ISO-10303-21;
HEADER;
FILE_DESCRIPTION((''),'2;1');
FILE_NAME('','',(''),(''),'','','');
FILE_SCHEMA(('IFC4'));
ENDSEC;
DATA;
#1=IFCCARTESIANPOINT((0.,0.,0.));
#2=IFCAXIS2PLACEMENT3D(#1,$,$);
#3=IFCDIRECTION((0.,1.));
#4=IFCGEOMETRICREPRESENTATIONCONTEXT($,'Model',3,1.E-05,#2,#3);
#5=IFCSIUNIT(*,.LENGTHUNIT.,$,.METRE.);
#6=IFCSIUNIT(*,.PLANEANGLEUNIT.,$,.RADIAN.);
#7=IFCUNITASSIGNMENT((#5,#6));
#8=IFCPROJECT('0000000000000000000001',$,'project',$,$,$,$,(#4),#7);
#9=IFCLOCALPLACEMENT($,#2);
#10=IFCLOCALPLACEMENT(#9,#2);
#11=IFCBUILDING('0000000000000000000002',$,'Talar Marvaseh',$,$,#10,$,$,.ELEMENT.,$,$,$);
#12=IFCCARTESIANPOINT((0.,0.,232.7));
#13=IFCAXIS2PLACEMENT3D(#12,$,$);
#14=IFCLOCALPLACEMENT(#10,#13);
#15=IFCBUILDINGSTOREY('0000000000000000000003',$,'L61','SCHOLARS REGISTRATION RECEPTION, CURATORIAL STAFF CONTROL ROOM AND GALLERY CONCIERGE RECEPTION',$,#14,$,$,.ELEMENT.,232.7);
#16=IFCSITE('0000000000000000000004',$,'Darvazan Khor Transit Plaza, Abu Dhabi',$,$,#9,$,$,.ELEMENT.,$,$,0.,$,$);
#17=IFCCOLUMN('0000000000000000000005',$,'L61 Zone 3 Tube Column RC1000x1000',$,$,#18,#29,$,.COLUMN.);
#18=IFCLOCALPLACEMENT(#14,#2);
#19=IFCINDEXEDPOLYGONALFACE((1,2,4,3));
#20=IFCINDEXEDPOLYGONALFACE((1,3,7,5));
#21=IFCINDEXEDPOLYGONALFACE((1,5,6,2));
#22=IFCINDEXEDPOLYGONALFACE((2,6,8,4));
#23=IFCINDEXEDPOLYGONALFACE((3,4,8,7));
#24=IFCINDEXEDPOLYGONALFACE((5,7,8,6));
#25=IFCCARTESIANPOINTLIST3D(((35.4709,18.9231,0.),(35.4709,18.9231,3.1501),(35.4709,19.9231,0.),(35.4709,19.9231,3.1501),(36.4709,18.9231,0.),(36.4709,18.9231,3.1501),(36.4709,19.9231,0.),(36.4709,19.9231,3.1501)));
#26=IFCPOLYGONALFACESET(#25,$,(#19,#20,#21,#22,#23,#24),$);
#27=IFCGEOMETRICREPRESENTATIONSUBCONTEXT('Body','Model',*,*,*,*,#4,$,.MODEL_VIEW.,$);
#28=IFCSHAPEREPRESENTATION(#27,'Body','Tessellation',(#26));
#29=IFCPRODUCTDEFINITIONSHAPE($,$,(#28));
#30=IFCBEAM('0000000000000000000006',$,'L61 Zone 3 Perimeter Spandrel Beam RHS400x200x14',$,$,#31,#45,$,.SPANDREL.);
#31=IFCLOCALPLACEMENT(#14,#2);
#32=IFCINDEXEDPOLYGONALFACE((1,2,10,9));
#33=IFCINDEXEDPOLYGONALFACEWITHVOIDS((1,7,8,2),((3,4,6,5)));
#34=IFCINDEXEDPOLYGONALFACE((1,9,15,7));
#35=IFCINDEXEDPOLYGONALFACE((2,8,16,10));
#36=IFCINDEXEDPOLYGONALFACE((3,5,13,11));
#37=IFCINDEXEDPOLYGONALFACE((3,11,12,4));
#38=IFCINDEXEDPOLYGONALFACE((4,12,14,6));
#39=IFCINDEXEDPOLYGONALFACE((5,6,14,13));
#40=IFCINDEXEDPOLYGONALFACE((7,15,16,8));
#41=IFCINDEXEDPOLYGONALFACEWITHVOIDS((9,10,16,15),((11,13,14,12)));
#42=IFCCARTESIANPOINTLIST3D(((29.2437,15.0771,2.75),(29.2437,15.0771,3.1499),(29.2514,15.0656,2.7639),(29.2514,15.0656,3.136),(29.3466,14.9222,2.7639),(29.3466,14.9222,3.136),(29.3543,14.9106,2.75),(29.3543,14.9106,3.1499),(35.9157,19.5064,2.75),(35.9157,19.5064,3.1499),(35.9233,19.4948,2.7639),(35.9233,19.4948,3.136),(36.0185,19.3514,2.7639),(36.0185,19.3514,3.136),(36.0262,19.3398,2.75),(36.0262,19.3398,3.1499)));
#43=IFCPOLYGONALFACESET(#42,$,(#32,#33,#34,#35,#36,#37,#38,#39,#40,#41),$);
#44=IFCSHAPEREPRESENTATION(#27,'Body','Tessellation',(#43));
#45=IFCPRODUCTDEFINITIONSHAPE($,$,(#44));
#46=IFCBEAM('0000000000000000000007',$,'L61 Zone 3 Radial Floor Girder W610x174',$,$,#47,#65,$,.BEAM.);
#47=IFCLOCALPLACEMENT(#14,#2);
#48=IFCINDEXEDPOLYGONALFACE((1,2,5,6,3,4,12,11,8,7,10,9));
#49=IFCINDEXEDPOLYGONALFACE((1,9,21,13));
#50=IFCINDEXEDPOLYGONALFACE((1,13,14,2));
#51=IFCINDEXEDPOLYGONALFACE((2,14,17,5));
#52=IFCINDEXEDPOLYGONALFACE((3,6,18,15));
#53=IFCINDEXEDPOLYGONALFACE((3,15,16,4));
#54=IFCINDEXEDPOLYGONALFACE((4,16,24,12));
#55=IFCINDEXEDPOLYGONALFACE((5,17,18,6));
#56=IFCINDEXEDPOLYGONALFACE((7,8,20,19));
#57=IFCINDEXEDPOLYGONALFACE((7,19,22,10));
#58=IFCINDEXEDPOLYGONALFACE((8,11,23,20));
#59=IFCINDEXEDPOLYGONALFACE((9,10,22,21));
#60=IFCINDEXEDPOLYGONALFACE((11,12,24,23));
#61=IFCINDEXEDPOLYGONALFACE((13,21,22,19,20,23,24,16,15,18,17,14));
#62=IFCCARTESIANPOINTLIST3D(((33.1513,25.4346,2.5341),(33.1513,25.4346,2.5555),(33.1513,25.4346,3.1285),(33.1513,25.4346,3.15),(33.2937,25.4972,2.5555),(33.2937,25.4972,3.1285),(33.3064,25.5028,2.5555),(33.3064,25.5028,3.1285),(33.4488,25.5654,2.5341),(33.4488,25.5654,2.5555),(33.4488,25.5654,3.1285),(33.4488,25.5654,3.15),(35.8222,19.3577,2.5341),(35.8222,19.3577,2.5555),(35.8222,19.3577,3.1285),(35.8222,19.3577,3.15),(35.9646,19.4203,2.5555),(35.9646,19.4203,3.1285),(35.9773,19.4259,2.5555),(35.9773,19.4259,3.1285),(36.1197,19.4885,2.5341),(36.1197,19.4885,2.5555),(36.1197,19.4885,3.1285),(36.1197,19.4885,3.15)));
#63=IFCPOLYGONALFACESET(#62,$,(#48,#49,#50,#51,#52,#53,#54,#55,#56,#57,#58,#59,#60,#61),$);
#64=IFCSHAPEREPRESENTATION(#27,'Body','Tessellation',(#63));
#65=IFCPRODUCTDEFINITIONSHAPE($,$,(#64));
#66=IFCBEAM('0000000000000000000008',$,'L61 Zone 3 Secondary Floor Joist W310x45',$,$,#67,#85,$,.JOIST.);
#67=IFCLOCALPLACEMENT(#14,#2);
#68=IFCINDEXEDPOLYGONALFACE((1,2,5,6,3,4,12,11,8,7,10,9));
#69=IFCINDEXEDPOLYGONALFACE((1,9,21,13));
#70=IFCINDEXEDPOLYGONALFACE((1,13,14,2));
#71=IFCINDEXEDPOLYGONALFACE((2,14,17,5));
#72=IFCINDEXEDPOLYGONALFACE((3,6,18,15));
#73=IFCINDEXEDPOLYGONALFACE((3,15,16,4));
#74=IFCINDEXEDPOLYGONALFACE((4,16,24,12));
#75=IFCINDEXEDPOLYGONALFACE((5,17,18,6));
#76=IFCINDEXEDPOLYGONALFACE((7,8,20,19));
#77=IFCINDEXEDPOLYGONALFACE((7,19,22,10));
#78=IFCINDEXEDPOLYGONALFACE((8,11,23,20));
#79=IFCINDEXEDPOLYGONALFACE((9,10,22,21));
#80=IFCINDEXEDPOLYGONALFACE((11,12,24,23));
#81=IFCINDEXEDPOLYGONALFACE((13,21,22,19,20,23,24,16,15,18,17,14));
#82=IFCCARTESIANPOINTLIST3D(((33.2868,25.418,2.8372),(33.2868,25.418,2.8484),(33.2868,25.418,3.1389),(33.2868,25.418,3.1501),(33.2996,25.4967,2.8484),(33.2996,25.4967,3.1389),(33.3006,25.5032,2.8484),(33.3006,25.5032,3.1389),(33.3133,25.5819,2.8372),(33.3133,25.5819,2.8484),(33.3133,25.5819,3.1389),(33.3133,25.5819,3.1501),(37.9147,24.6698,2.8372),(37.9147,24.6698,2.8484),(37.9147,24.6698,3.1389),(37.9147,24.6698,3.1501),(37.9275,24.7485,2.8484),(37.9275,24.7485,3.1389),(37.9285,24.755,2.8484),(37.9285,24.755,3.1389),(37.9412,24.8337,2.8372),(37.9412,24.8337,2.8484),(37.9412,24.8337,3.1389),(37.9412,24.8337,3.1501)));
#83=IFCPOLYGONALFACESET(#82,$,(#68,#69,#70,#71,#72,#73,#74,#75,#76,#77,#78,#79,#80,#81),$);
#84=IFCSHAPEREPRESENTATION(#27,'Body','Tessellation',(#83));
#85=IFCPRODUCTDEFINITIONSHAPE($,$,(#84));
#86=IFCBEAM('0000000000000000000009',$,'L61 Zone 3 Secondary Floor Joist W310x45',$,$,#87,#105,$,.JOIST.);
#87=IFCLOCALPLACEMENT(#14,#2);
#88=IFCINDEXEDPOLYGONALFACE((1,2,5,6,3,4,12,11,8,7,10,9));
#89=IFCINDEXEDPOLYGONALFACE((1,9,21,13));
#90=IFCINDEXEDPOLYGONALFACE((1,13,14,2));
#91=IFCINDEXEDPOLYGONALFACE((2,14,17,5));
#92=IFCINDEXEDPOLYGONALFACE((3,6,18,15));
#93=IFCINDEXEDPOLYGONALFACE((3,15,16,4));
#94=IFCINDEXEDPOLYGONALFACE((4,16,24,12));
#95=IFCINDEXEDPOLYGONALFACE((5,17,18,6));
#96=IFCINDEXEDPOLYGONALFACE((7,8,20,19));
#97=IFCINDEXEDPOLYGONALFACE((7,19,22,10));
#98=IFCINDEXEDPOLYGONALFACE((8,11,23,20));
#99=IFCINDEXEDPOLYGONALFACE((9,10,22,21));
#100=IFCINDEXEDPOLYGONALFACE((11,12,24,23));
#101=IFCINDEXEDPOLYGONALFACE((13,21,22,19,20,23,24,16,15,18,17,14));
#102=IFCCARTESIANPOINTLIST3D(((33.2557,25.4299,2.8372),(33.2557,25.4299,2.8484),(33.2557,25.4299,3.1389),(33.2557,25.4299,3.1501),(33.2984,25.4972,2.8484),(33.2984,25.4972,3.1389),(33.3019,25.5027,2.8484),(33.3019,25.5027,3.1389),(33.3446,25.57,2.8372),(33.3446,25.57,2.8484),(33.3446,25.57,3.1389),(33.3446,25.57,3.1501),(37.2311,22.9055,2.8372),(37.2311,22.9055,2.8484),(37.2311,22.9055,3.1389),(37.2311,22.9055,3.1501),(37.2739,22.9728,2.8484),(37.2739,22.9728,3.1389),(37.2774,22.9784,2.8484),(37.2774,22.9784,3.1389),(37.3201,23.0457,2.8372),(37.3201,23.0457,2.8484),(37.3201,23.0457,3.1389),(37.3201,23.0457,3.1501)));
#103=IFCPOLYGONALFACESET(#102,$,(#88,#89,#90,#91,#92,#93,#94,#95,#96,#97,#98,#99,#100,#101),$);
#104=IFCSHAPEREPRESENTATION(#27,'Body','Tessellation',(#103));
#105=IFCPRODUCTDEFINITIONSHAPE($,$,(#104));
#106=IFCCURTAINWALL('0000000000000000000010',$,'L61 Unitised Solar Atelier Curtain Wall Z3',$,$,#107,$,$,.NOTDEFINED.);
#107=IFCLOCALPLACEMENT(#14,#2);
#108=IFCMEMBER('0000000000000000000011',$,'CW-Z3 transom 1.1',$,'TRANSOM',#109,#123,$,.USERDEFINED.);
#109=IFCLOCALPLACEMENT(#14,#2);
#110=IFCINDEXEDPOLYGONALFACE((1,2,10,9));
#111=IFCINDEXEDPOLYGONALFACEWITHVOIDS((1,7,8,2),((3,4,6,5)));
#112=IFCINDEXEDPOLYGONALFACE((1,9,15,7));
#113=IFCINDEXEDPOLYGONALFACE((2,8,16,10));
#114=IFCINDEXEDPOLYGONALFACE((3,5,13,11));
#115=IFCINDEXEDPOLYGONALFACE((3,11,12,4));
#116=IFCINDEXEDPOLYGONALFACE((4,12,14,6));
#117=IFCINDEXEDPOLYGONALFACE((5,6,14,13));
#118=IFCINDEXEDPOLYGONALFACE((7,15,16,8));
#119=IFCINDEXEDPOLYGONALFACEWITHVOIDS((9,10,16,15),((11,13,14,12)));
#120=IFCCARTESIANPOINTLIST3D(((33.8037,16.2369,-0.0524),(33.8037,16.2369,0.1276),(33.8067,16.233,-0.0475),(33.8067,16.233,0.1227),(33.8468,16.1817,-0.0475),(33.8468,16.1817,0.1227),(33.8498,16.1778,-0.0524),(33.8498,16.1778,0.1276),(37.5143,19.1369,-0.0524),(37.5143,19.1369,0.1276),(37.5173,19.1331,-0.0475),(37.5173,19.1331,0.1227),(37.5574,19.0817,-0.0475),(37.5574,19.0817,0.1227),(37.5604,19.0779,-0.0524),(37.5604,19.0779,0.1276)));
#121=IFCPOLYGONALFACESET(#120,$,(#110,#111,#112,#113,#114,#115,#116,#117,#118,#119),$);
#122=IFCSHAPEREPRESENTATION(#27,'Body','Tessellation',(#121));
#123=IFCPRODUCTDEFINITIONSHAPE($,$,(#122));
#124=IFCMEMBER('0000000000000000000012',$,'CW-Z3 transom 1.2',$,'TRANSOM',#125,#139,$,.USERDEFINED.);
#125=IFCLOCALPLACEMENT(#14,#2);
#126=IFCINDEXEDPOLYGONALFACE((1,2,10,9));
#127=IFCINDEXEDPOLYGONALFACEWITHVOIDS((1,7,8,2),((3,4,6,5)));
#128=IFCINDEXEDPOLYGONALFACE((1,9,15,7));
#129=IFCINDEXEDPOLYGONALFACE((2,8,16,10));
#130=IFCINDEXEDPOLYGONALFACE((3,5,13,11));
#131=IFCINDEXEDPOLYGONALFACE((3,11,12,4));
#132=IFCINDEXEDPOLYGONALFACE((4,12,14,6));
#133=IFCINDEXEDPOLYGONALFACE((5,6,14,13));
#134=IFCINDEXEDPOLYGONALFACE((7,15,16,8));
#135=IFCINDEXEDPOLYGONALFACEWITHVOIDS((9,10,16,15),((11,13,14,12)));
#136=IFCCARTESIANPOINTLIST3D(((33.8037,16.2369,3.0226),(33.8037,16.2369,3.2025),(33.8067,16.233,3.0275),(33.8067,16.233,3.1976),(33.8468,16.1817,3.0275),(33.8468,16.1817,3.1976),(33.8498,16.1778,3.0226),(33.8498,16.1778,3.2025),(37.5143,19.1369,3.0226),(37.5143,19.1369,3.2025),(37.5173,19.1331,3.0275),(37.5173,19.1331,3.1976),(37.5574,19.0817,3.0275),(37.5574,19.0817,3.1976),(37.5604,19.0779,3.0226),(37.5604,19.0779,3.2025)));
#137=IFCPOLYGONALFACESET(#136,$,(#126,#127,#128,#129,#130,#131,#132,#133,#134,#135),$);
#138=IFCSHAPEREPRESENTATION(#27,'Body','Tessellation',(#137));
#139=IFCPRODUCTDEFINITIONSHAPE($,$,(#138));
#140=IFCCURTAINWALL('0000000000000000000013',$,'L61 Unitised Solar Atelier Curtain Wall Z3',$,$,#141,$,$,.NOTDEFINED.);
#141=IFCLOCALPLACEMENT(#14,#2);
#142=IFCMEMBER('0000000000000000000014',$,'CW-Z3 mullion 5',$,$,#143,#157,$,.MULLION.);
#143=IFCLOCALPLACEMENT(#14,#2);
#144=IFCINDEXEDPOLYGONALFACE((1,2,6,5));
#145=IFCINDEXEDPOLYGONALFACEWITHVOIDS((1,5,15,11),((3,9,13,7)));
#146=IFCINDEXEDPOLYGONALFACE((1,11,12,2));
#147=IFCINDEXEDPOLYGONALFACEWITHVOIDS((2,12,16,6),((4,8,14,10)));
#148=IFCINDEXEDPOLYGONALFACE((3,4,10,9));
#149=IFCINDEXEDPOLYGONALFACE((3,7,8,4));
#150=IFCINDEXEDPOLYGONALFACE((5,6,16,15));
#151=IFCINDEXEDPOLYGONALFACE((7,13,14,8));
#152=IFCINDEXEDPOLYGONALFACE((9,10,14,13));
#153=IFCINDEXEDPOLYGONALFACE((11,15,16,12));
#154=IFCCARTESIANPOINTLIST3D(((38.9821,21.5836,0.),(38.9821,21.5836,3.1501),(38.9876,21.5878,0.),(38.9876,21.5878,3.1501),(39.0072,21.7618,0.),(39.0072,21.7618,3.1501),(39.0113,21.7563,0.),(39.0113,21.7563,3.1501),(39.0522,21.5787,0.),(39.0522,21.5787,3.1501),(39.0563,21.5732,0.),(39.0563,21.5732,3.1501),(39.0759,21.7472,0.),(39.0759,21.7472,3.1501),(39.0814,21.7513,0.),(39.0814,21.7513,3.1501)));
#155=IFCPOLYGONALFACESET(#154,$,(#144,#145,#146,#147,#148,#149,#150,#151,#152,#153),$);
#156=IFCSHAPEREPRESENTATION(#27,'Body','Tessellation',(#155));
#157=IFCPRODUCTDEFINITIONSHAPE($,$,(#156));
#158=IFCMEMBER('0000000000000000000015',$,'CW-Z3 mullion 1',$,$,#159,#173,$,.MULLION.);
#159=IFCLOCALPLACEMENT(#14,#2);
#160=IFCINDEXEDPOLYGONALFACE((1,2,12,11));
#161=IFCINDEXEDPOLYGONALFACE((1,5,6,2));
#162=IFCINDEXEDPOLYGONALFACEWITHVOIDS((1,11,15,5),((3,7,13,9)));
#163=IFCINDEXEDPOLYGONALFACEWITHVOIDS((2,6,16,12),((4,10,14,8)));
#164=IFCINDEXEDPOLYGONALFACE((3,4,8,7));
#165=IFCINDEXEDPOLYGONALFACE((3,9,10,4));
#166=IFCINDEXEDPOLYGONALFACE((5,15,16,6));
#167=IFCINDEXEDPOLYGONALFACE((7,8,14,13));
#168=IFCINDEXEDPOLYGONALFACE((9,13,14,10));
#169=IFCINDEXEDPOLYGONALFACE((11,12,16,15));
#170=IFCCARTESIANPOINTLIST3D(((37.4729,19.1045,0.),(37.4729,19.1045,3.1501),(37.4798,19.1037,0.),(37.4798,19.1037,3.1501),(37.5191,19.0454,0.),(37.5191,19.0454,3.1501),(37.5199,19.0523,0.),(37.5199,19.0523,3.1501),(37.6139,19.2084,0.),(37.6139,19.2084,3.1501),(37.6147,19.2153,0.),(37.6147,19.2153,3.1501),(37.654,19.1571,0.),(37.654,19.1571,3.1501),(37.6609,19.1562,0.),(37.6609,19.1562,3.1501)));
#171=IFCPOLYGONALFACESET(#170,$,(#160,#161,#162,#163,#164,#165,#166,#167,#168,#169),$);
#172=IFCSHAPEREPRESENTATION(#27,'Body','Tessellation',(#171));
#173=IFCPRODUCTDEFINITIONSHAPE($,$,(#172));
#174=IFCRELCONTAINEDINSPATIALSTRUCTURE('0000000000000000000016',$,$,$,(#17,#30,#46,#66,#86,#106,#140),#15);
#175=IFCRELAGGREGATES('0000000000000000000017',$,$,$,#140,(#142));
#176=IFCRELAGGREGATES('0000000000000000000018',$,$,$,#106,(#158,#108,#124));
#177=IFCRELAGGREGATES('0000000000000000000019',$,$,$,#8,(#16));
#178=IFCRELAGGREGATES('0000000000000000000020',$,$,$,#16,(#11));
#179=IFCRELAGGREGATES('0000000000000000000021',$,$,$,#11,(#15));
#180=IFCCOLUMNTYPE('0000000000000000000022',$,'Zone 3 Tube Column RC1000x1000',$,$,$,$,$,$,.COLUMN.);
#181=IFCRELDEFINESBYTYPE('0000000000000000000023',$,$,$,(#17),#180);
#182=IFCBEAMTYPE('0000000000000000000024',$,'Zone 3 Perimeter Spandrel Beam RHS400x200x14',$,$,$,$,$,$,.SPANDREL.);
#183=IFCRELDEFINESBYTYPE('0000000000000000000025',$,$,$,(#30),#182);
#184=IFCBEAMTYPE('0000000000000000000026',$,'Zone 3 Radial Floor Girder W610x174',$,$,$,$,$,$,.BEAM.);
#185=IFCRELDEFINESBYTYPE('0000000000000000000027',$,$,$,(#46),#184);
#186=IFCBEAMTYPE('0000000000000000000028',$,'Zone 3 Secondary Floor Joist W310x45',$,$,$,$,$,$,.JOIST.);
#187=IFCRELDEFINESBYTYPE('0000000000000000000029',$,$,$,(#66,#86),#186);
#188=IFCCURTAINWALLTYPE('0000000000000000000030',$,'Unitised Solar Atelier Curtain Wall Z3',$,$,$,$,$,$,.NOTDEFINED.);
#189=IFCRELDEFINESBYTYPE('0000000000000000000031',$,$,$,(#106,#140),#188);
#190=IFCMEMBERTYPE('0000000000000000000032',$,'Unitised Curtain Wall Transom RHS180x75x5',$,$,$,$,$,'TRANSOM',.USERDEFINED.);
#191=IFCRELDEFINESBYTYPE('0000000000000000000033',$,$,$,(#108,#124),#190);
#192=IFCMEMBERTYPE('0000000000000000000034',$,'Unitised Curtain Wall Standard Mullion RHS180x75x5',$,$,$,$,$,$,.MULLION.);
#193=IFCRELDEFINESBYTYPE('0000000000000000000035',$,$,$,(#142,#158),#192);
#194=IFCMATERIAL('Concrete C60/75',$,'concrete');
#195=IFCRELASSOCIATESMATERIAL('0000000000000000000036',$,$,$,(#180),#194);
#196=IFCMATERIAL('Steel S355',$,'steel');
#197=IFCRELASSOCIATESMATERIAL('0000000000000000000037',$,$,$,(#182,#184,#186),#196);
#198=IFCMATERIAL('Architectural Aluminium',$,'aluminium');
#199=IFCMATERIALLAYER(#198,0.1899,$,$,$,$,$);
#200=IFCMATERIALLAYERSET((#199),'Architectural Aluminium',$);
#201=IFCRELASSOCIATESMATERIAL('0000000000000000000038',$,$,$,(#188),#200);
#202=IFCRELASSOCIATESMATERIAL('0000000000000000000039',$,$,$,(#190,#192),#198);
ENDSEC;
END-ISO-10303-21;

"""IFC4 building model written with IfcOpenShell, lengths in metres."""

from ifc_helpers import new_model, si_unit, direction, frame, origin, origin_2d, place, context, subcontext, project, spatial, rectangle, hollow_rectangle, i_section, extrude, source, transform, mapped, material, layer, layer_set, material_profile, profile_set, type_object, type_shapes, element, aggregate, save


model = new_model("IFC4")

# Units and contexts
model_context = context("Model", 3, precision=1e-05, world=origin(), true_north=direction((0.0, 1.0)))
body_context = subcontext(model_context, "Body", "Model", "MODEL_VIEW")
ifc_project = project(units=[si_unit("LENGTHUNIT", "METRE"), si_unit("PLANEANGLEUNIT", "RADIAN")], contexts=[model_context])

# Site, building, storey
site_placement = place(None, origin())
site = spatial("IfcSite", under=ifc_project, at=site_placement, Name="Darvazan Khor Transit Plaza, Abu Dhabi", CompositionType="ELEMENT", RefElevation=0.0)
building_placement = place(site_placement, origin())
building = spatial("IfcBuilding", under=site, at=building_placement, Name="Talar Marvaseh", CompositionType="ELEMENT")
storey_placement = place(building_placement, frame((0.0, 0.0, 232.7)))
storey = spatial("IfcBuildingStorey", under=building, at=storey_placement, Name="L61", Description="SCHOLARS REGISTRATION RECEPTION, CURATORIAL STAFF CONTROL ROOM AND GALLERY CONCIERGE RECEPTION", CompositionType="ELEMENT", Elevation=232.7)

# Column
ifc_material_1 = material(Name="Concrete C60/75", Category="concrete")
ifc_material_profile_1 = material_profile(ifc_material_1, rectangle(XDim=1.0, YDim=1.0, at=origin_2d()), Name="RC1000x1000")
ifc_profile_set_1 = profile_set([ifc_material_profile_1], Name="Concrete C60/75")
column_type = type_object("IfcColumnType", Name="Zone 3 Tube Column RC1000x1000", PredefinedType="COLUMN", material=ifc_profile_set_1)
column_placement = place(storey_placement, frame((35.9709, 19.4231, 0.0), z_axis=(0.0, 0.0, 1.0), x_axis=(1.0, 0.0, 0.0)))
element("IfcColumn", 1, at=column_placement, inside=storey, type_object=column_type, Name="L61 Zone 3 Tube Column RC1000x1000", PredefinedType="COLUMN", context=body_context, shape_type="SweptSolid", body=[
    extrude(rectangle(XDim=1.0, YDim=1.0, at=origin_2d()), origin(), (0.0, 0.0, 1.0), 3.1501),
])

# Beams
ifc_material_2 = material(Name="Steel S355", Category="steel")
ifc_material_profile_2 = material_profile(ifc_material_2, hollow_rectangle(XDim=0.2, YDim=0.3999, WallThickness=0.0139, at=origin_2d()), Name="RHS400x200x14")
ifc_profile_set_2 = profile_set([ifc_material_profile_2], Name="Steel S355")
beam_type_1 = type_object("IfcBeamType", Name="Zone 3 Perimeter Spandrel Beam RHS400x200x14", PredefinedType="SPANDREL", material=ifc_profile_set_2)
beam_1_placement = place(storey_placement, frame((35.9709, 19.4231, 2.95), z_axis=(-0.833127, -0.553081, 0.0), x_axis=(0.553081, -0.833127, 0.0)))
element("IfcBeam", 2, at=beam_1_placement, inside=storey, type_object=beam_type_1, Name="L61 Zone 3 Perimeter Spandrel Beam RHS400x200x14", PredefinedType="SPANDREL", context=body_context, shape_type="SweptSolid", body=[
    extrude(hollow_rectangle(XDim=0.2, YDim=0.3999, WallThickness=0.0139, at=origin_2d()), origin(), (0.0, 0.0, 1.0), 8.0083),
])
ifc_material_profile_3 = material_profile(ifc_material_2, i_section(OverallWidth=0.325, OverallDepth=0.616, WebThickness=0.0139, FlangeThickness=0.0215, at=origin_2d()), Name="W610x174")
ifc_profile_set_3 = profile_set([ifc_material_profile_3], Name="Steel S355")
beam_type_2 = type_object("IfcBeamType", Name="Zone 3 Radial Floor Girder W610x174", PredefinedType="BEAM", material=ifc_profile_set_3)
beam_2_placement = place(storey_placement, frame((35.9709, 19.4231, 2.842), z_axis=(-0.402368, 0.915478, 0.0), x_axis=(-0.915478, -0.402368, 0.0)))
element("IfcBeam", 3, at=beam_2_placement, inside=storey, type_object=beam_type_2, Name="L61 Zone 3 Radial Floor Girder W610x174", PredefinedType="BEAM", context=body_context, shape_type="SweptSolid", body=[
    extrude(i_section(OverallWidth=0.325, OverallDepth=0.616, WebThickness=0.0139, FlangeThickness=0.0215, at=origin_2d()), origin(), (0.0, 0.0, 1.0), 6.6379),
])
ifc_material_profile_4 = material_profile(ifc_material_2, i_section(OverallWidth=0.166, OverallDepth=0.313, WebThickness=0.0066, FlangeThickness=0.0112, at=origin_2d()), Name="W310x45")
ifc_profile_set_4 = profile_set([ifc_material_profile_4], Name="Steel S355")
beam_type_3 = type_object("IfcBeamType", Name="Zone 3 Secondary Floor Joist W310x45", PredefinedType="JOIST", material=ifc_profile_set_4)
beam_3_placement = place(storey_placement, frame((37.928, 24.7517, 2.9937), z_axis=(-0.987179, 0.159617, 0.0), x_axis=(-0.159617, -0.987179, 0.0)))
element("IfcBeam", 4, at=beam_3_placement, inside=storey, type_object=beam_type_3, Name="L61 Zone 3 Secondary Floor Joist W310x45", PredefinedType="JOIST", context=body_context, shape_type="SweptSolid", body=[
    extrude(i_section(OverallWidth=0.166, OverallDepth=0.313, WebThickness=0.0066, FlangeThickness=0.0112, at=origin_2d()), origin(), (0.0, 0.0, 1.0), 4.688),
])
beam_4_placement = place(storey_placement, frame((37.2756, 22.9756, 2.9937), z_axis=(-0.84419, 0.536043, 0.0), x_axis=(-0.536043, -0.84419, 0.0)))
element("IfcBeam", 5, at=beam_4_placement, inside=storey, type_object=beam_type_3, Name="L61 Zone 3 Secondary Floor Joist W310x45", PredefinedType="JOIST", context=body_context, shape_type="SweptSolid", body=[
    extrude(i_section(OverallWidth=0.166, OverallDepth=0.313, WebThickness=0.0066, FlangeThickness=0.0112, at=origin_2d()), origin(), (0.0, 0.0, 1.0), 4.7092),
])

# Curtain wall, members
ifc_material_3 = material(Name="Architectural Aluminium", Category="aluminium")
ifc_layer_1 = layer(ifc_material_3, 0.1899)
ifc_layer_set_1 = layer_set([ifc_layer_1], Name="Architectural Aluminium")
curtain_wall_type = type_object("IfcCurtainWallType", Name="Unitised Solar Atelier Curtain Wall Z3", PredefinedType="NOTDEFINED", material=ifc_layer_set_1)
curtain_wall_1_placement = place(storey_placement, origin())
curtain_wall_1 = element("IfcCurtainWall", 6, at=curtain_wall_1_placement, inside=storey, type_object=curtain_wall_type, Name="L61 Unitised Solar Atelier Curtain Wall Z3", PredefinedType="NOTDEFINED")
ifc_material_profile_5 = material_profile(ifc_material_3, hollow_rectangle(XDim=0.075, YDim=0.1799, WallThickness=0.0049, at=origin_2d()), Name="RHS180x75x5")
ifc_profile_set_5 = profile_set([ifc_material_profile_5], Name="Architectural Aluminium")
member_type_1 = type_object("IfcMemberType", Name="Unitised Curtain Wall Transom RHS180x75x5", ElementType="TRANSOM", PredefinedType="USERDEFINED", material=ifc_profile_set_5)
shared_shape_1 = source(origin(), body_context, "Body", "SweptSolid", [
    extrude(hollow_rectangle(XDim=0.075, YDim=0.1799, WallThickness=0.0049, at=origin_2d()), origin(), (0.0, 0.0, 1.0), 4.7095),
])
type_shapes(member_type_1, [shared_shape_1])
member_1_placement = place(storey_placement, frame((37.5374, 19.1074, 0.0376), z_axis=(-0.787904, -0.615798, 0.0), x_axis=(0.615798, -0.787904, 0.0)))
member_1 = element("IfcMember", 7, at=member_1_placement, type_object=member_type_1, Name="CW-Z3 transom 1.1", ObjectType="TRANSOM", PredefinedType="USERDEFINED", context=body_context, shape_type="MappedRepresentation", body=[
    mapped(shared_shape_1, transform((0.0, 0.0, 0.0), x_axis=(1.0, 0.0, 0.0), y_axis=(0.0, 1.0, 0.0), z_axis=(0.0, 0.0, 1.0), scale=1.0)),
])
member_2_placement = place(storey_placement, frame((37.5374, 19.1074, 3.1125), z_axis=(-0.787904, -0.615798, 0.0), x_axis=(0.615798, -0.787904, 0.0)))
member_2 = element("IfcMember", 8, at=member_2_placement, type_object=member_type_1, Name="CW-Z3 transom 1.2", ObjectType="TRANSOM", PredefinedType="USERDEFINED", context=body_context, shape_type="MappedRepresentation", body=[
    mapped(shared_shape_1, transform((0.0, 0.0, 0.0), x_axis=(1.0, 0.0, 0.0), y_axis=(0.0, 1.0, 0.0), z_axis=(0.0, 0.0, 1.0), scale=1.0)),
])

# Curtain wall, member
curtain_wall_2_placement = place(storey_placement, origin())
curtain_wall_2 = element("IfcCurtainWall", 9, at=curtain_wall_2_placement, inside=storey, type_object=curtain_wall_type, Name="L61 Unitised Solar Atelier Curtain Wall Z3", PredefinedType="NOTDEFINED")
ifc_material_profile_6 = material_profile(ifc_material_3, hollow_rectangle(XDim=0.075, YDim=0.1799, WallThickness=0.0049, at=origin_2d()), Name="RHS180x75x5")
ifc_profile_set_6 = profile_set([ifc_material_profile_6], Name="Architectural Aluminium")
member_type_2 = type_object("IfcMemberType", Name="Unitised Curtain Wall Standard Mullion RHS180x75x5", PredefinedType="MULLION", material=ifc_profile_set_6)
shared_shape_2 = source(origin(), body_context, "Body", "SweptSolid", [
    extrude(hollow_rectangle(XDim=0.075, YDim=0.1799, WallThickness=0.0049, at=origin_2d()), origin(), (0.0, 0.0, 1.0), 3.1501),
])
type_shapes(member_type_2, [shared_shape_2])
member_3_placement = place(storey_placement, frame((39.0317, 21.6675, 0.0), z_axis=(0.0, 0.0, 1.0), x_axis=(0.990247, -0.139323, 0.0)))
member_3 = element("IfcMember", 10, at=member_3_placement, type_object=member_type_2, Name="CW-Z3 mullion 5", PredefinedType="MULLION", context=body_context, shape_type="MappedRepresentation", body=[
    mapped(shared_shape_2, transform((0.0, 0.0, 0.0), x_axis=(1.0, 0.0, 0.0), y_axis=(0.0, 1.0, 0.0), z_axis=(0.0, 0.0, 1.0), scale=1.0)),
])

# Member
member_4_placement = place(storey_placement, frame((37.5669, 19.1304, 0.0), z_axis=(0.0, 0.0, 1.0), x_axis=(0.615784, -0.787915, 0.0)))
member_4 = element("IfcMember", 11, at=member_4_placement, type_object=member_type_2, Name="CW-Z3 mullion 1", PredefinedType="MULLION", context=body_context, shape_type="MappedRepresentation", body=[
    mapped(shared_shape_2, transform((0.0, 0.0, 0.0), x_axis=(1.0, 0.0, 0.0), y_axis=(0.0, 1.0, 0.0), z_axis=(0.0, 0.0, 1.0), scale=1.0)),
])

aggregate(curtain_wall_2, [member_3])
aggregate(curtain_wall_1, [member_4, member_1, member_2])

save(model, "model.ifc")
